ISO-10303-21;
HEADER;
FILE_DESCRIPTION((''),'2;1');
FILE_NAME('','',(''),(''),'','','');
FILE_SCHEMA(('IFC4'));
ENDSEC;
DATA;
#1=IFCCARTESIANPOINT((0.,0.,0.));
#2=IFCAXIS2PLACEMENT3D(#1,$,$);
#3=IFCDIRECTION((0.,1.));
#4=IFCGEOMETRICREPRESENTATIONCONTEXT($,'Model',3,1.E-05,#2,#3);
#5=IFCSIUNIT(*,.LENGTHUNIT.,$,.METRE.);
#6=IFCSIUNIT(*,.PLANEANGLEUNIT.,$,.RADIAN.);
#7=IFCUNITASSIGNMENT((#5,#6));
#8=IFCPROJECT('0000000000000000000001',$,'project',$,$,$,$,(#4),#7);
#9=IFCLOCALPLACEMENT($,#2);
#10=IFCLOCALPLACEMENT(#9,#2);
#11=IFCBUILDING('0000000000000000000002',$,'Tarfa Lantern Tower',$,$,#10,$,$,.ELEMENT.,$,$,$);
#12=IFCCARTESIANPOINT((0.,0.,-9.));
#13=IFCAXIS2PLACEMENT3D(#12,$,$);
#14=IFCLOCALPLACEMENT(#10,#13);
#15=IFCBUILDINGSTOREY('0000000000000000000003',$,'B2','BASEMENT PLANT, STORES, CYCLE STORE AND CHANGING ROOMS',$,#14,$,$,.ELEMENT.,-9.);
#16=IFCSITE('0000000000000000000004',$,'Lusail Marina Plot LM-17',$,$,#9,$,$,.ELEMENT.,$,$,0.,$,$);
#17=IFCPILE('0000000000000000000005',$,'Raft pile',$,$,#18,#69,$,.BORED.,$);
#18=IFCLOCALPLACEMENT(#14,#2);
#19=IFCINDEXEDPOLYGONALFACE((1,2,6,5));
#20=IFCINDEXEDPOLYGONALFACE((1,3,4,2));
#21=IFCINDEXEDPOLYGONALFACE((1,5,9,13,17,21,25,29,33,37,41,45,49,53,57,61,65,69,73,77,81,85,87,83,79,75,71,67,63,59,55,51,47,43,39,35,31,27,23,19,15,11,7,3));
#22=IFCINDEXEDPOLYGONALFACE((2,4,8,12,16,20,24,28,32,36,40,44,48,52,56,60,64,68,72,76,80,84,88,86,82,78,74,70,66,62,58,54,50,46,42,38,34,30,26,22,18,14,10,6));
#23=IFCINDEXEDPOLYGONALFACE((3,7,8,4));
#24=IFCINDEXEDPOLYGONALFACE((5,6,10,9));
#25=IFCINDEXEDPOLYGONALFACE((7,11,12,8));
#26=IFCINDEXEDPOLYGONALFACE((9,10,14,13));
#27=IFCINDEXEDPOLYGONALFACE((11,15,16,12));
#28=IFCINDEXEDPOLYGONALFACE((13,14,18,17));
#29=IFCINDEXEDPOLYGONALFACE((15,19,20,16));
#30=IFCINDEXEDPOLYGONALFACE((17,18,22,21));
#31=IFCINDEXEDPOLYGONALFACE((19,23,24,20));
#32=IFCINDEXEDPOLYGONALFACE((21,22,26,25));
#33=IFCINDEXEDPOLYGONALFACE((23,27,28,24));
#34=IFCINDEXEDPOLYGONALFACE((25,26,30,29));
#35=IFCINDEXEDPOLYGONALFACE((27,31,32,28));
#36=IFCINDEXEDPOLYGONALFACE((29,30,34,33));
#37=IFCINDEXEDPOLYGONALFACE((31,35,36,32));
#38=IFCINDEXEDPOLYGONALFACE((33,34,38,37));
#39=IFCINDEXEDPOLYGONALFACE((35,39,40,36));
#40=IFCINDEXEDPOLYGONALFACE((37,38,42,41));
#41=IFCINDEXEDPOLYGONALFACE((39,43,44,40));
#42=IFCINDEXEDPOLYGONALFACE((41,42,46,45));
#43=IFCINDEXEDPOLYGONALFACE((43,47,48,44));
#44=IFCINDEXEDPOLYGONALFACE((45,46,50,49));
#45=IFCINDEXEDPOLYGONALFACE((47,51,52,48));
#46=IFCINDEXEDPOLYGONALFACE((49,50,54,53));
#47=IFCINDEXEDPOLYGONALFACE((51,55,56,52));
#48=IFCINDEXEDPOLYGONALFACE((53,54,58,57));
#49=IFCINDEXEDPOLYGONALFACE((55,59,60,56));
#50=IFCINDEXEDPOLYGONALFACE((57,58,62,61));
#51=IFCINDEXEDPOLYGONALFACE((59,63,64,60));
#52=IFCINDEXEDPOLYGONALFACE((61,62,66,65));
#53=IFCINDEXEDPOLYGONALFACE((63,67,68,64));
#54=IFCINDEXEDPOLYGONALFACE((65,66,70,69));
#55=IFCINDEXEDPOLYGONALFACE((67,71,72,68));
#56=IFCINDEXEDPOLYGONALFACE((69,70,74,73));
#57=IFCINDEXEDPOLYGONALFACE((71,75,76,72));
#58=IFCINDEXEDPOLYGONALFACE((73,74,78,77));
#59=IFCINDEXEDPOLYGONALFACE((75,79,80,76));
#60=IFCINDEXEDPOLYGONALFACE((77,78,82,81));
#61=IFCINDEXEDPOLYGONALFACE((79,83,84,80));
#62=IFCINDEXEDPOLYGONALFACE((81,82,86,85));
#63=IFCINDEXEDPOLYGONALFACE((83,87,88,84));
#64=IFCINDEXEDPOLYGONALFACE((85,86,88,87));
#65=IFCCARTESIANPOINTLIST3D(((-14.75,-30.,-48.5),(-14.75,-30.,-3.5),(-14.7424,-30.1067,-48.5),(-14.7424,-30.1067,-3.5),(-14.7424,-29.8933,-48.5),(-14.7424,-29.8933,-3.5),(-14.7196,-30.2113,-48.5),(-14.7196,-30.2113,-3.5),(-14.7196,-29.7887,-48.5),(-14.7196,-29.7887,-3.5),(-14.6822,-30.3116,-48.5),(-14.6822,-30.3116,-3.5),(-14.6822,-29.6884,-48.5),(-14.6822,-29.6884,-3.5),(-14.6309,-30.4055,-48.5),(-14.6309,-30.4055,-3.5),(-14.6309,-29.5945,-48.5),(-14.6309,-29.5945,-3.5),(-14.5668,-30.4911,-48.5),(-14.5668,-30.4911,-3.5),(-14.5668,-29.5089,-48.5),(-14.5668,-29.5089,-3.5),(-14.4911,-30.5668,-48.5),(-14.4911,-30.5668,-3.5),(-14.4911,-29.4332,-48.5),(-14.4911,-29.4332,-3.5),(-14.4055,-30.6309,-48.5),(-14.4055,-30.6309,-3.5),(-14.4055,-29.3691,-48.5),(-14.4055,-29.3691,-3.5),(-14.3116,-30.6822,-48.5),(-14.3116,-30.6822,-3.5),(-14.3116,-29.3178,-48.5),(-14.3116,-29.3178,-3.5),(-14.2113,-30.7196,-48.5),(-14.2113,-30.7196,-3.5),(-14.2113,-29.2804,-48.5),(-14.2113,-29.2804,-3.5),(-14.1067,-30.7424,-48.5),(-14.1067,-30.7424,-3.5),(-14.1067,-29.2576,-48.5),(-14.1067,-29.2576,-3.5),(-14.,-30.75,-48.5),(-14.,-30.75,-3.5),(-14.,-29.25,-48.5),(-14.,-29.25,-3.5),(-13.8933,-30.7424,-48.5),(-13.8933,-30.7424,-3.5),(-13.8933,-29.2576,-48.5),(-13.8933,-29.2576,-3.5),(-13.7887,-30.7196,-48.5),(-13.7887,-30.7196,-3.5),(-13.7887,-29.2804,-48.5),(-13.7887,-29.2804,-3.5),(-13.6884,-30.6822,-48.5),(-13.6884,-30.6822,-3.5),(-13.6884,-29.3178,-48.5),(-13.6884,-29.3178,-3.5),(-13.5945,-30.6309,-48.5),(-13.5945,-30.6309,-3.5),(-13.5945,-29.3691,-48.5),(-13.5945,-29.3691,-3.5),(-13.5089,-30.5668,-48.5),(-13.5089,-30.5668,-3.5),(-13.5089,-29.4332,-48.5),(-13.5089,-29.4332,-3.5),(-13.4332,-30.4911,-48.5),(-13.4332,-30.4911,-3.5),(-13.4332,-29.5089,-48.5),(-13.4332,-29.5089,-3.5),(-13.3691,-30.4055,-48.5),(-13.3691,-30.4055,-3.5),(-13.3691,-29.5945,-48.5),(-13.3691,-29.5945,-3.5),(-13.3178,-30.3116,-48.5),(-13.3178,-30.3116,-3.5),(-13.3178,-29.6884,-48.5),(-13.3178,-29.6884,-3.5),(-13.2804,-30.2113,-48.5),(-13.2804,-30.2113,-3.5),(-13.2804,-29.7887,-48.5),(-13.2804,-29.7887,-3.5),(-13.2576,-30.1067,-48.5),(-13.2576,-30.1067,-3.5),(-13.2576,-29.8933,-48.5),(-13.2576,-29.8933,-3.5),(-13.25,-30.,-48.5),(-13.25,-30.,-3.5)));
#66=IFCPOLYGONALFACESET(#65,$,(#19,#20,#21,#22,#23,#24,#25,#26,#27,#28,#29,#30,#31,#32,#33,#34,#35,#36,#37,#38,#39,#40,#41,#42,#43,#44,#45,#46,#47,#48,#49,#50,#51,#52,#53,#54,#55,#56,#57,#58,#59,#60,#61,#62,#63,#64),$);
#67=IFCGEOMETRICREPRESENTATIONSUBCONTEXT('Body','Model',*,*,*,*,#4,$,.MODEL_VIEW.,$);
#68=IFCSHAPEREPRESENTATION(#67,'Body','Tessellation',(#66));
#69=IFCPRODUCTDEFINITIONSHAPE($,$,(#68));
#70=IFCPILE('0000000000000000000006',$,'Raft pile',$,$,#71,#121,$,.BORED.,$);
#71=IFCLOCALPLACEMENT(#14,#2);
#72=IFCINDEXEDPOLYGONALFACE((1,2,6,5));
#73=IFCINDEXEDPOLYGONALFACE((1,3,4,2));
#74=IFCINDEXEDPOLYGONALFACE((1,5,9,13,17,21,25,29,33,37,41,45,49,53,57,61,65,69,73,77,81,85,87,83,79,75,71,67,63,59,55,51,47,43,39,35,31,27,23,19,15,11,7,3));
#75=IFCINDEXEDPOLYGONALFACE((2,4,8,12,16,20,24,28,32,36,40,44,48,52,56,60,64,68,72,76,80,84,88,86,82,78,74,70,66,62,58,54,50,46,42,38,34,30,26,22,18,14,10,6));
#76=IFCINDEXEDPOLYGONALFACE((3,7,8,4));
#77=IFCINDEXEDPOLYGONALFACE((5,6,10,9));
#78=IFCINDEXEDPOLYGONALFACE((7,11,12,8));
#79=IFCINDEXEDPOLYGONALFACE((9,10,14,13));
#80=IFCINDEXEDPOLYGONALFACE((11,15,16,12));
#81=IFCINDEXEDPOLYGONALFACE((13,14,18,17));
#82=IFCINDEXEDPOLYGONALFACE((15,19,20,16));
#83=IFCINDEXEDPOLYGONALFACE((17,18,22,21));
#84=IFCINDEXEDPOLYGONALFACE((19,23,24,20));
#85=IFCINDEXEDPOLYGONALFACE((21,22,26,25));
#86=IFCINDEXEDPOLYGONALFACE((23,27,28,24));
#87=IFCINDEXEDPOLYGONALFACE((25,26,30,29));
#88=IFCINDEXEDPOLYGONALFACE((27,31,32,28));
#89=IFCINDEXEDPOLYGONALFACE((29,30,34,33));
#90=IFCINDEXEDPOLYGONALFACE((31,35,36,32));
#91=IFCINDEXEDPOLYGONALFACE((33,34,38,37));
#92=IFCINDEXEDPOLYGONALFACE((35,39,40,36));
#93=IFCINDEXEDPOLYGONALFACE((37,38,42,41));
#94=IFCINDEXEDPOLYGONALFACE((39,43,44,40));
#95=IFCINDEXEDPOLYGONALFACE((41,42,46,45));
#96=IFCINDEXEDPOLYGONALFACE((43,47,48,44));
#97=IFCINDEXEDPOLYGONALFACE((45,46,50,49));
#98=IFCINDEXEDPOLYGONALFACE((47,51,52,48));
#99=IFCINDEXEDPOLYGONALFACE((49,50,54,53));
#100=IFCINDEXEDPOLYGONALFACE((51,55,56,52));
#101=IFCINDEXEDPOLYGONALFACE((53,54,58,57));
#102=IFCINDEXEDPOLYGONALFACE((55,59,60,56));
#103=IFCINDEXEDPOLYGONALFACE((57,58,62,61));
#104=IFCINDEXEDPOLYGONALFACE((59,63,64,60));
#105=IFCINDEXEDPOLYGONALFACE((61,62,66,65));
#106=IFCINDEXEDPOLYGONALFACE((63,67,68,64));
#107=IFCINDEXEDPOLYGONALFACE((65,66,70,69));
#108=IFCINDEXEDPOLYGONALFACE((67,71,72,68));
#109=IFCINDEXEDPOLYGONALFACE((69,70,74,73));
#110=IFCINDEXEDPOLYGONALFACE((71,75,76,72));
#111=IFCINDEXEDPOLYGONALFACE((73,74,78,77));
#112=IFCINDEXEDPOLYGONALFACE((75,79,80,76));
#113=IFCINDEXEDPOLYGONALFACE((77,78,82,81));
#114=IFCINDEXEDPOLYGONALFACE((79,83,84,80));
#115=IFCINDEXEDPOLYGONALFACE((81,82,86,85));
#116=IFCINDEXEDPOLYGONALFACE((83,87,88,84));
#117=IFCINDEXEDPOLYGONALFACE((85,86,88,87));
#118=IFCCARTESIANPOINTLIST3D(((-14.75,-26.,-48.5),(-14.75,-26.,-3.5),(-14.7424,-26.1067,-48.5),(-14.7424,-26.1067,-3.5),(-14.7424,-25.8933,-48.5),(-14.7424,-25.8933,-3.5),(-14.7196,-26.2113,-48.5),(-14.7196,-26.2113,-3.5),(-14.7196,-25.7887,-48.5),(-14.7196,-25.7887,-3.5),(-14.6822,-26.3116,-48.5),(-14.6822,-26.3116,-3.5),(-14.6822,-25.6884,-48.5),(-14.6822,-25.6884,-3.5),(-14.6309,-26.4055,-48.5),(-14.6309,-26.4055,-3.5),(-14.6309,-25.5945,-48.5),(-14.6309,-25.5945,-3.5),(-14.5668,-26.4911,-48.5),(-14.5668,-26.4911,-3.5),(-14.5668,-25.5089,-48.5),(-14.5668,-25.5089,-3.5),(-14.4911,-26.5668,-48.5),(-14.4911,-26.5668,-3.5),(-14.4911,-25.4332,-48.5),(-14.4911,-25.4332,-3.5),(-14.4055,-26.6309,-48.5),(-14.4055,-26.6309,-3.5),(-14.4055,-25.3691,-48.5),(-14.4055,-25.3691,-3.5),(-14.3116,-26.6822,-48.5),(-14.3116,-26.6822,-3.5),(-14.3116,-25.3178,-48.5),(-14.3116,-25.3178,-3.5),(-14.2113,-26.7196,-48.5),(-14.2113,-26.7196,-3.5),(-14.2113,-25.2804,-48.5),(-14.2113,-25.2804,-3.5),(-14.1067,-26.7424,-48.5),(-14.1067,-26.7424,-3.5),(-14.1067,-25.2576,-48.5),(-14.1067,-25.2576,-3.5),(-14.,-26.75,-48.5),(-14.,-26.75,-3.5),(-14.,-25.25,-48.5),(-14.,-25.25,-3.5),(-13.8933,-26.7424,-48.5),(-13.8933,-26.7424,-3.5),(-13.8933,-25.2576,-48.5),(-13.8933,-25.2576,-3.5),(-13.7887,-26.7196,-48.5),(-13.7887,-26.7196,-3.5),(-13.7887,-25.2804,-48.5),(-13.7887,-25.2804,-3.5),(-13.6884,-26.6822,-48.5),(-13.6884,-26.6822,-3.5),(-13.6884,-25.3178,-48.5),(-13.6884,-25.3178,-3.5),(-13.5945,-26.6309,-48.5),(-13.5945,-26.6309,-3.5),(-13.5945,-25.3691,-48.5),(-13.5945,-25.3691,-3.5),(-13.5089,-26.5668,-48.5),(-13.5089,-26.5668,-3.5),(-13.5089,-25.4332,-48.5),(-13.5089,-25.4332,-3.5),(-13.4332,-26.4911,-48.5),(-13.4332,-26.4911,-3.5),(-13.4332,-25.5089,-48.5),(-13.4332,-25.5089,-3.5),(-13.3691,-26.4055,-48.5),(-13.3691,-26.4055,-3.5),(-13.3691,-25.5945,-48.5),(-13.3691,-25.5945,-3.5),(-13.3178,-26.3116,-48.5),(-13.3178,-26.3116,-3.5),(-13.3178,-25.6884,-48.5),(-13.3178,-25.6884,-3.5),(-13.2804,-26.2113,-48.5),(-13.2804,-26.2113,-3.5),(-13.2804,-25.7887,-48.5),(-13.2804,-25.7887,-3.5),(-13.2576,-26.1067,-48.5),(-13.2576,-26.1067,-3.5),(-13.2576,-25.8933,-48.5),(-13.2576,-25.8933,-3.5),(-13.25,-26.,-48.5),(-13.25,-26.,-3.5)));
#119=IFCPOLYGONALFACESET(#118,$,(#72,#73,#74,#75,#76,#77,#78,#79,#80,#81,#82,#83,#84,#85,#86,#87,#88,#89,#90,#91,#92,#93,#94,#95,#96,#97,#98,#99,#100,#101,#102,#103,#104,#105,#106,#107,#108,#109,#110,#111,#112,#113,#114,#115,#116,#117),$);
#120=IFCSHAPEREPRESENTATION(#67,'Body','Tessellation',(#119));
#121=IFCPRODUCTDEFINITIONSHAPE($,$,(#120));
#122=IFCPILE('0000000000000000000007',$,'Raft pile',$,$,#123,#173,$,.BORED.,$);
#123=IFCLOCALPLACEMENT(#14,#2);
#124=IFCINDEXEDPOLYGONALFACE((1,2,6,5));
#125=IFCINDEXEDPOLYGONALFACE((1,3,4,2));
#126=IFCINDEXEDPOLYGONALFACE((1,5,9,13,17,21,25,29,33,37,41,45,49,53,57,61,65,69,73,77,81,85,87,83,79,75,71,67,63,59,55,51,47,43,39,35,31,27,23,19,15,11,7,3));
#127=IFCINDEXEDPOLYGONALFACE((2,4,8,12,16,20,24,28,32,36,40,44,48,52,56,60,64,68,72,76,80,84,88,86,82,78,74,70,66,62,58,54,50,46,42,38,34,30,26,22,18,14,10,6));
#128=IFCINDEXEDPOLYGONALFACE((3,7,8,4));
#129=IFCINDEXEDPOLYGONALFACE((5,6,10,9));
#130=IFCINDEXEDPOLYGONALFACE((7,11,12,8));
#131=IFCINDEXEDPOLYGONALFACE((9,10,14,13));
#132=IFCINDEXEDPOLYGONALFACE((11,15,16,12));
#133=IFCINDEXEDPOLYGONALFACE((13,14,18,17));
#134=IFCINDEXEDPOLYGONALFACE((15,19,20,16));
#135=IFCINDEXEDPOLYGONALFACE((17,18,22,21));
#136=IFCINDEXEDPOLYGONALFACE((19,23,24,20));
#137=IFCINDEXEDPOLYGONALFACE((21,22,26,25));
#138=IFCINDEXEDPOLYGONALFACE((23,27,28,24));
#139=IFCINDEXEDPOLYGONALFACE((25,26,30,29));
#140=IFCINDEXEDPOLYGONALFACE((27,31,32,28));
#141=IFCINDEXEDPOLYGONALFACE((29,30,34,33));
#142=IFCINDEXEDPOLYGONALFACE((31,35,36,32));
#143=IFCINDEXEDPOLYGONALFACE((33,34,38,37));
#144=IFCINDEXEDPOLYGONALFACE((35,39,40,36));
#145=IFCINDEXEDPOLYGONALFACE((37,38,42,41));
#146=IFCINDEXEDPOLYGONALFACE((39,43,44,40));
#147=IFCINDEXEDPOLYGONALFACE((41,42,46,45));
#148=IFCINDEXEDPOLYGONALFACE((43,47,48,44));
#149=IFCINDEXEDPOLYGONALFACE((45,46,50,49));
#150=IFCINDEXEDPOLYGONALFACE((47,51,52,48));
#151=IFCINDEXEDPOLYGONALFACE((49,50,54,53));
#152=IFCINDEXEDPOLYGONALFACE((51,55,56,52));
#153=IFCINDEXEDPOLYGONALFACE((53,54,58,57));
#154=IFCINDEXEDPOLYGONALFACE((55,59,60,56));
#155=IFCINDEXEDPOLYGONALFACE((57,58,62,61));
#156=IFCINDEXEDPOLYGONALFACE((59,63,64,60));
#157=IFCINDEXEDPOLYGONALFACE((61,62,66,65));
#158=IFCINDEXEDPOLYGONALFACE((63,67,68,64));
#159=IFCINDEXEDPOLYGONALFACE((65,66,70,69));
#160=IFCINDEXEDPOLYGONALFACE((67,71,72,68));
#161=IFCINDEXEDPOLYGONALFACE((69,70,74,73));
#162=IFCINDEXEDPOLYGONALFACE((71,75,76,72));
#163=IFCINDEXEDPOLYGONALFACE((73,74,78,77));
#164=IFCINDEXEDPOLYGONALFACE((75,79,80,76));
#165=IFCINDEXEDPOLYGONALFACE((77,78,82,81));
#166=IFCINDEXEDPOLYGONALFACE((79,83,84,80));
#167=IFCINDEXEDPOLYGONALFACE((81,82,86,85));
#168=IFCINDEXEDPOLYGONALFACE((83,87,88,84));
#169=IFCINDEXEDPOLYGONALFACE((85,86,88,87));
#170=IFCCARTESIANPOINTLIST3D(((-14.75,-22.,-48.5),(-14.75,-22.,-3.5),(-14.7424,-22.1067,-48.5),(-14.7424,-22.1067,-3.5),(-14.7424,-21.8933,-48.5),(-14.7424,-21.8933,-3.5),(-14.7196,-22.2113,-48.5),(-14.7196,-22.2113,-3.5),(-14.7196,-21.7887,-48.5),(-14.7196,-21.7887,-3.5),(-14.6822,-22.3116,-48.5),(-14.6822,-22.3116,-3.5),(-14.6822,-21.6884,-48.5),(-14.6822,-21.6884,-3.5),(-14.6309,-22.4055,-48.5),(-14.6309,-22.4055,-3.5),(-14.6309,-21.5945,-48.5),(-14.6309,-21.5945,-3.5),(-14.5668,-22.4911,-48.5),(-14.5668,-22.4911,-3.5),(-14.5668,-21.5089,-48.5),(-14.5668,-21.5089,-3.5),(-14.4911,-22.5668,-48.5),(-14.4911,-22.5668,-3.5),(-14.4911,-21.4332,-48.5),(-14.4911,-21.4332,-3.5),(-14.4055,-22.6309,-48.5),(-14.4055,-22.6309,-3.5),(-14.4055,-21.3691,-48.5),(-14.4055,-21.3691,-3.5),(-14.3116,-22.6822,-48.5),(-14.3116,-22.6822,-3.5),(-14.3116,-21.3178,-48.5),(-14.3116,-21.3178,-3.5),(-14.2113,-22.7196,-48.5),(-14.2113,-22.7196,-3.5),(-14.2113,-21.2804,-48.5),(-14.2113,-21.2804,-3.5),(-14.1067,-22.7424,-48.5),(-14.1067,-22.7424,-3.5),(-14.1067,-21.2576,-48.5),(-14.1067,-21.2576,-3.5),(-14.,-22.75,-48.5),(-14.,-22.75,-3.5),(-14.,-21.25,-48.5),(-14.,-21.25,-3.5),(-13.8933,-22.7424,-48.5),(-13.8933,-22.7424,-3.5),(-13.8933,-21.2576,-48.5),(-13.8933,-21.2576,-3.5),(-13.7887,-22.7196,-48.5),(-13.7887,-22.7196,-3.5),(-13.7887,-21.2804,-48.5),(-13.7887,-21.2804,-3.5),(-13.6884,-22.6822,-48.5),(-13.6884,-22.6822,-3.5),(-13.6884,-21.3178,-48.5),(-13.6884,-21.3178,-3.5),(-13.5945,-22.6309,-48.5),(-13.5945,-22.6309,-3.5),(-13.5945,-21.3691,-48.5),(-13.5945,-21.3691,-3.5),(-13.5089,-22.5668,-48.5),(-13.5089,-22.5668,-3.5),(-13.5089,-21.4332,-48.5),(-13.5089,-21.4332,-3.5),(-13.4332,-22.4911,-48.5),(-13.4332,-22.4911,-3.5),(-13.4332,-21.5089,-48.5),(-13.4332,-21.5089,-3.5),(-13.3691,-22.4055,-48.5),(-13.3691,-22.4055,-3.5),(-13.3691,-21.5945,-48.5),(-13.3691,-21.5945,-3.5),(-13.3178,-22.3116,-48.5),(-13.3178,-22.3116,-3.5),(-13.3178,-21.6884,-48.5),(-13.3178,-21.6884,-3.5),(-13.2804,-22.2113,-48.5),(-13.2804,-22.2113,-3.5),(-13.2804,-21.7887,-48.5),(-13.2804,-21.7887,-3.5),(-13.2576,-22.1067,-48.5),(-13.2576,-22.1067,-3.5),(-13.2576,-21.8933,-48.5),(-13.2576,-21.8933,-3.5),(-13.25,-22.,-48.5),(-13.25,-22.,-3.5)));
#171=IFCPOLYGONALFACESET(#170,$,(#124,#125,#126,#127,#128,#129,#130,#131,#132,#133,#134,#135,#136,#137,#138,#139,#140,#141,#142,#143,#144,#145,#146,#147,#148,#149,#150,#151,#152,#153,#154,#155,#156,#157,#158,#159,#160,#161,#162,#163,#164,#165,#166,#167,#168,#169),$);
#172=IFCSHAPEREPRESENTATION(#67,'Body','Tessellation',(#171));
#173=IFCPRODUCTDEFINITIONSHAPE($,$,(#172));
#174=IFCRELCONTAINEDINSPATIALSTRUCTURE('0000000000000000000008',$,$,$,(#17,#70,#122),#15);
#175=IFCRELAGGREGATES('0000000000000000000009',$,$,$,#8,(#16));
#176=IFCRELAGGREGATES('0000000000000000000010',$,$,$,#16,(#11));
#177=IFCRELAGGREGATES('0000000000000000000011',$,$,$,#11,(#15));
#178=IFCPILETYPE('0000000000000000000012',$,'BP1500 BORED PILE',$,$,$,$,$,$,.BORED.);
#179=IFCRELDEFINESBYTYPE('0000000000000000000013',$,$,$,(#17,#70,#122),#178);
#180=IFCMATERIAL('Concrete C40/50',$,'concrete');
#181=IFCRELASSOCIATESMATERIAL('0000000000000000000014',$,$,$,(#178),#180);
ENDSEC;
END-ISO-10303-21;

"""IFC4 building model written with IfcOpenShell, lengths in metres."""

from ifc_helpers import new_model, si_unit, direction, frame, origin, origin_2d, place, context, subcontext, project, spatial, circle, extrude, material, material_profile, profile_set, type_object, element, save


model = new_model("IFC4")

# Units and contexts
model_context = context("Model", 3, precision=1e-05, world=origin(), true_north=direction((0.0, 1.0)))
body_context = subcontext(model_context, "Body", "Model", "MODEL_VIEW")
ifc_project = project(units=[si_unit("LENGTHUNIT", "METRE"), si_unit("PLANEANGLEUNIT", "RADIAN")], contexts=[model_context])

# Site, building, storey
site_placement = place(None, origin())
site = spatial("IfcSite", under=ifc_project, at=site_placement, Name="Lusail Marina Plot LM-17", CompositionType="ELEMENT", RefElevation=0.0)
building_placement = place(site_placement, origin())
building = spatial("IfcBuilding", under=site, at=building_placement, Name="Tarfa Lantern Tower", CompositionType="ELEMENT")
storey_placement = place(building_placement, frame((0.0, 0.0, -9.0)))
storey = spatial("IfcBuildingStorey", under=building, at=storey_placement, Name="B2", Description="BASEMENT PLANT, STORES, CYCLE STORE AND CHANGING ROOMS", CompositionType="ELEMENT", Elevation=-9.0)

# Piles
ifc_material_1 = material(Name="Concrete C40/50", Category="concrete")
ifc_material_profile_1 = material_profile(ifc_material_1, circle(Radius=0.75, at=origin_2d()), Name="BORED PILE D1500")
ifc_profile_set_1 = profile_set([ifc_material_profile_1], Name="Concrete C40/50")
pile_type = type_object("IfcPileType", Name="BP1500 BORED PILE", PredefinedType="BORED", material=ifc_profile_set_1)
for number, where, z_axis, x_axis, name in (
    (1, (-14.0, -30.0, -3.5), (0.0, 0.0, -1.0), (1.0, 0.0, 0.0), "Raft pile"),
    (2, (-14.0, -26.0, -3.5), (0.0, 0.0, -1.0), (1.0, 0.0, 0.0), "Raft pile"),
    (3, (-14.0, -22.0, -3.5), (0.0, 0.0, -1.0), (1.0, 0.0, 0.0), "Raft pile"),
):
    element("IfcPile", number, at=place(storey_placement, frame(where, z_axis=z_axis, x_axis=x_axis)), inside=storey, type_object=pile_type, Name=name, PredefinedType="BORED", context=body_context, shape_type="SweptSolid", body=[
        extrude(circle(Radius=0.75, at=origin_2d()), origin(), (0.0, 0.0, 1.0), 45.0),
    ])

save(model, "model.ifc")
